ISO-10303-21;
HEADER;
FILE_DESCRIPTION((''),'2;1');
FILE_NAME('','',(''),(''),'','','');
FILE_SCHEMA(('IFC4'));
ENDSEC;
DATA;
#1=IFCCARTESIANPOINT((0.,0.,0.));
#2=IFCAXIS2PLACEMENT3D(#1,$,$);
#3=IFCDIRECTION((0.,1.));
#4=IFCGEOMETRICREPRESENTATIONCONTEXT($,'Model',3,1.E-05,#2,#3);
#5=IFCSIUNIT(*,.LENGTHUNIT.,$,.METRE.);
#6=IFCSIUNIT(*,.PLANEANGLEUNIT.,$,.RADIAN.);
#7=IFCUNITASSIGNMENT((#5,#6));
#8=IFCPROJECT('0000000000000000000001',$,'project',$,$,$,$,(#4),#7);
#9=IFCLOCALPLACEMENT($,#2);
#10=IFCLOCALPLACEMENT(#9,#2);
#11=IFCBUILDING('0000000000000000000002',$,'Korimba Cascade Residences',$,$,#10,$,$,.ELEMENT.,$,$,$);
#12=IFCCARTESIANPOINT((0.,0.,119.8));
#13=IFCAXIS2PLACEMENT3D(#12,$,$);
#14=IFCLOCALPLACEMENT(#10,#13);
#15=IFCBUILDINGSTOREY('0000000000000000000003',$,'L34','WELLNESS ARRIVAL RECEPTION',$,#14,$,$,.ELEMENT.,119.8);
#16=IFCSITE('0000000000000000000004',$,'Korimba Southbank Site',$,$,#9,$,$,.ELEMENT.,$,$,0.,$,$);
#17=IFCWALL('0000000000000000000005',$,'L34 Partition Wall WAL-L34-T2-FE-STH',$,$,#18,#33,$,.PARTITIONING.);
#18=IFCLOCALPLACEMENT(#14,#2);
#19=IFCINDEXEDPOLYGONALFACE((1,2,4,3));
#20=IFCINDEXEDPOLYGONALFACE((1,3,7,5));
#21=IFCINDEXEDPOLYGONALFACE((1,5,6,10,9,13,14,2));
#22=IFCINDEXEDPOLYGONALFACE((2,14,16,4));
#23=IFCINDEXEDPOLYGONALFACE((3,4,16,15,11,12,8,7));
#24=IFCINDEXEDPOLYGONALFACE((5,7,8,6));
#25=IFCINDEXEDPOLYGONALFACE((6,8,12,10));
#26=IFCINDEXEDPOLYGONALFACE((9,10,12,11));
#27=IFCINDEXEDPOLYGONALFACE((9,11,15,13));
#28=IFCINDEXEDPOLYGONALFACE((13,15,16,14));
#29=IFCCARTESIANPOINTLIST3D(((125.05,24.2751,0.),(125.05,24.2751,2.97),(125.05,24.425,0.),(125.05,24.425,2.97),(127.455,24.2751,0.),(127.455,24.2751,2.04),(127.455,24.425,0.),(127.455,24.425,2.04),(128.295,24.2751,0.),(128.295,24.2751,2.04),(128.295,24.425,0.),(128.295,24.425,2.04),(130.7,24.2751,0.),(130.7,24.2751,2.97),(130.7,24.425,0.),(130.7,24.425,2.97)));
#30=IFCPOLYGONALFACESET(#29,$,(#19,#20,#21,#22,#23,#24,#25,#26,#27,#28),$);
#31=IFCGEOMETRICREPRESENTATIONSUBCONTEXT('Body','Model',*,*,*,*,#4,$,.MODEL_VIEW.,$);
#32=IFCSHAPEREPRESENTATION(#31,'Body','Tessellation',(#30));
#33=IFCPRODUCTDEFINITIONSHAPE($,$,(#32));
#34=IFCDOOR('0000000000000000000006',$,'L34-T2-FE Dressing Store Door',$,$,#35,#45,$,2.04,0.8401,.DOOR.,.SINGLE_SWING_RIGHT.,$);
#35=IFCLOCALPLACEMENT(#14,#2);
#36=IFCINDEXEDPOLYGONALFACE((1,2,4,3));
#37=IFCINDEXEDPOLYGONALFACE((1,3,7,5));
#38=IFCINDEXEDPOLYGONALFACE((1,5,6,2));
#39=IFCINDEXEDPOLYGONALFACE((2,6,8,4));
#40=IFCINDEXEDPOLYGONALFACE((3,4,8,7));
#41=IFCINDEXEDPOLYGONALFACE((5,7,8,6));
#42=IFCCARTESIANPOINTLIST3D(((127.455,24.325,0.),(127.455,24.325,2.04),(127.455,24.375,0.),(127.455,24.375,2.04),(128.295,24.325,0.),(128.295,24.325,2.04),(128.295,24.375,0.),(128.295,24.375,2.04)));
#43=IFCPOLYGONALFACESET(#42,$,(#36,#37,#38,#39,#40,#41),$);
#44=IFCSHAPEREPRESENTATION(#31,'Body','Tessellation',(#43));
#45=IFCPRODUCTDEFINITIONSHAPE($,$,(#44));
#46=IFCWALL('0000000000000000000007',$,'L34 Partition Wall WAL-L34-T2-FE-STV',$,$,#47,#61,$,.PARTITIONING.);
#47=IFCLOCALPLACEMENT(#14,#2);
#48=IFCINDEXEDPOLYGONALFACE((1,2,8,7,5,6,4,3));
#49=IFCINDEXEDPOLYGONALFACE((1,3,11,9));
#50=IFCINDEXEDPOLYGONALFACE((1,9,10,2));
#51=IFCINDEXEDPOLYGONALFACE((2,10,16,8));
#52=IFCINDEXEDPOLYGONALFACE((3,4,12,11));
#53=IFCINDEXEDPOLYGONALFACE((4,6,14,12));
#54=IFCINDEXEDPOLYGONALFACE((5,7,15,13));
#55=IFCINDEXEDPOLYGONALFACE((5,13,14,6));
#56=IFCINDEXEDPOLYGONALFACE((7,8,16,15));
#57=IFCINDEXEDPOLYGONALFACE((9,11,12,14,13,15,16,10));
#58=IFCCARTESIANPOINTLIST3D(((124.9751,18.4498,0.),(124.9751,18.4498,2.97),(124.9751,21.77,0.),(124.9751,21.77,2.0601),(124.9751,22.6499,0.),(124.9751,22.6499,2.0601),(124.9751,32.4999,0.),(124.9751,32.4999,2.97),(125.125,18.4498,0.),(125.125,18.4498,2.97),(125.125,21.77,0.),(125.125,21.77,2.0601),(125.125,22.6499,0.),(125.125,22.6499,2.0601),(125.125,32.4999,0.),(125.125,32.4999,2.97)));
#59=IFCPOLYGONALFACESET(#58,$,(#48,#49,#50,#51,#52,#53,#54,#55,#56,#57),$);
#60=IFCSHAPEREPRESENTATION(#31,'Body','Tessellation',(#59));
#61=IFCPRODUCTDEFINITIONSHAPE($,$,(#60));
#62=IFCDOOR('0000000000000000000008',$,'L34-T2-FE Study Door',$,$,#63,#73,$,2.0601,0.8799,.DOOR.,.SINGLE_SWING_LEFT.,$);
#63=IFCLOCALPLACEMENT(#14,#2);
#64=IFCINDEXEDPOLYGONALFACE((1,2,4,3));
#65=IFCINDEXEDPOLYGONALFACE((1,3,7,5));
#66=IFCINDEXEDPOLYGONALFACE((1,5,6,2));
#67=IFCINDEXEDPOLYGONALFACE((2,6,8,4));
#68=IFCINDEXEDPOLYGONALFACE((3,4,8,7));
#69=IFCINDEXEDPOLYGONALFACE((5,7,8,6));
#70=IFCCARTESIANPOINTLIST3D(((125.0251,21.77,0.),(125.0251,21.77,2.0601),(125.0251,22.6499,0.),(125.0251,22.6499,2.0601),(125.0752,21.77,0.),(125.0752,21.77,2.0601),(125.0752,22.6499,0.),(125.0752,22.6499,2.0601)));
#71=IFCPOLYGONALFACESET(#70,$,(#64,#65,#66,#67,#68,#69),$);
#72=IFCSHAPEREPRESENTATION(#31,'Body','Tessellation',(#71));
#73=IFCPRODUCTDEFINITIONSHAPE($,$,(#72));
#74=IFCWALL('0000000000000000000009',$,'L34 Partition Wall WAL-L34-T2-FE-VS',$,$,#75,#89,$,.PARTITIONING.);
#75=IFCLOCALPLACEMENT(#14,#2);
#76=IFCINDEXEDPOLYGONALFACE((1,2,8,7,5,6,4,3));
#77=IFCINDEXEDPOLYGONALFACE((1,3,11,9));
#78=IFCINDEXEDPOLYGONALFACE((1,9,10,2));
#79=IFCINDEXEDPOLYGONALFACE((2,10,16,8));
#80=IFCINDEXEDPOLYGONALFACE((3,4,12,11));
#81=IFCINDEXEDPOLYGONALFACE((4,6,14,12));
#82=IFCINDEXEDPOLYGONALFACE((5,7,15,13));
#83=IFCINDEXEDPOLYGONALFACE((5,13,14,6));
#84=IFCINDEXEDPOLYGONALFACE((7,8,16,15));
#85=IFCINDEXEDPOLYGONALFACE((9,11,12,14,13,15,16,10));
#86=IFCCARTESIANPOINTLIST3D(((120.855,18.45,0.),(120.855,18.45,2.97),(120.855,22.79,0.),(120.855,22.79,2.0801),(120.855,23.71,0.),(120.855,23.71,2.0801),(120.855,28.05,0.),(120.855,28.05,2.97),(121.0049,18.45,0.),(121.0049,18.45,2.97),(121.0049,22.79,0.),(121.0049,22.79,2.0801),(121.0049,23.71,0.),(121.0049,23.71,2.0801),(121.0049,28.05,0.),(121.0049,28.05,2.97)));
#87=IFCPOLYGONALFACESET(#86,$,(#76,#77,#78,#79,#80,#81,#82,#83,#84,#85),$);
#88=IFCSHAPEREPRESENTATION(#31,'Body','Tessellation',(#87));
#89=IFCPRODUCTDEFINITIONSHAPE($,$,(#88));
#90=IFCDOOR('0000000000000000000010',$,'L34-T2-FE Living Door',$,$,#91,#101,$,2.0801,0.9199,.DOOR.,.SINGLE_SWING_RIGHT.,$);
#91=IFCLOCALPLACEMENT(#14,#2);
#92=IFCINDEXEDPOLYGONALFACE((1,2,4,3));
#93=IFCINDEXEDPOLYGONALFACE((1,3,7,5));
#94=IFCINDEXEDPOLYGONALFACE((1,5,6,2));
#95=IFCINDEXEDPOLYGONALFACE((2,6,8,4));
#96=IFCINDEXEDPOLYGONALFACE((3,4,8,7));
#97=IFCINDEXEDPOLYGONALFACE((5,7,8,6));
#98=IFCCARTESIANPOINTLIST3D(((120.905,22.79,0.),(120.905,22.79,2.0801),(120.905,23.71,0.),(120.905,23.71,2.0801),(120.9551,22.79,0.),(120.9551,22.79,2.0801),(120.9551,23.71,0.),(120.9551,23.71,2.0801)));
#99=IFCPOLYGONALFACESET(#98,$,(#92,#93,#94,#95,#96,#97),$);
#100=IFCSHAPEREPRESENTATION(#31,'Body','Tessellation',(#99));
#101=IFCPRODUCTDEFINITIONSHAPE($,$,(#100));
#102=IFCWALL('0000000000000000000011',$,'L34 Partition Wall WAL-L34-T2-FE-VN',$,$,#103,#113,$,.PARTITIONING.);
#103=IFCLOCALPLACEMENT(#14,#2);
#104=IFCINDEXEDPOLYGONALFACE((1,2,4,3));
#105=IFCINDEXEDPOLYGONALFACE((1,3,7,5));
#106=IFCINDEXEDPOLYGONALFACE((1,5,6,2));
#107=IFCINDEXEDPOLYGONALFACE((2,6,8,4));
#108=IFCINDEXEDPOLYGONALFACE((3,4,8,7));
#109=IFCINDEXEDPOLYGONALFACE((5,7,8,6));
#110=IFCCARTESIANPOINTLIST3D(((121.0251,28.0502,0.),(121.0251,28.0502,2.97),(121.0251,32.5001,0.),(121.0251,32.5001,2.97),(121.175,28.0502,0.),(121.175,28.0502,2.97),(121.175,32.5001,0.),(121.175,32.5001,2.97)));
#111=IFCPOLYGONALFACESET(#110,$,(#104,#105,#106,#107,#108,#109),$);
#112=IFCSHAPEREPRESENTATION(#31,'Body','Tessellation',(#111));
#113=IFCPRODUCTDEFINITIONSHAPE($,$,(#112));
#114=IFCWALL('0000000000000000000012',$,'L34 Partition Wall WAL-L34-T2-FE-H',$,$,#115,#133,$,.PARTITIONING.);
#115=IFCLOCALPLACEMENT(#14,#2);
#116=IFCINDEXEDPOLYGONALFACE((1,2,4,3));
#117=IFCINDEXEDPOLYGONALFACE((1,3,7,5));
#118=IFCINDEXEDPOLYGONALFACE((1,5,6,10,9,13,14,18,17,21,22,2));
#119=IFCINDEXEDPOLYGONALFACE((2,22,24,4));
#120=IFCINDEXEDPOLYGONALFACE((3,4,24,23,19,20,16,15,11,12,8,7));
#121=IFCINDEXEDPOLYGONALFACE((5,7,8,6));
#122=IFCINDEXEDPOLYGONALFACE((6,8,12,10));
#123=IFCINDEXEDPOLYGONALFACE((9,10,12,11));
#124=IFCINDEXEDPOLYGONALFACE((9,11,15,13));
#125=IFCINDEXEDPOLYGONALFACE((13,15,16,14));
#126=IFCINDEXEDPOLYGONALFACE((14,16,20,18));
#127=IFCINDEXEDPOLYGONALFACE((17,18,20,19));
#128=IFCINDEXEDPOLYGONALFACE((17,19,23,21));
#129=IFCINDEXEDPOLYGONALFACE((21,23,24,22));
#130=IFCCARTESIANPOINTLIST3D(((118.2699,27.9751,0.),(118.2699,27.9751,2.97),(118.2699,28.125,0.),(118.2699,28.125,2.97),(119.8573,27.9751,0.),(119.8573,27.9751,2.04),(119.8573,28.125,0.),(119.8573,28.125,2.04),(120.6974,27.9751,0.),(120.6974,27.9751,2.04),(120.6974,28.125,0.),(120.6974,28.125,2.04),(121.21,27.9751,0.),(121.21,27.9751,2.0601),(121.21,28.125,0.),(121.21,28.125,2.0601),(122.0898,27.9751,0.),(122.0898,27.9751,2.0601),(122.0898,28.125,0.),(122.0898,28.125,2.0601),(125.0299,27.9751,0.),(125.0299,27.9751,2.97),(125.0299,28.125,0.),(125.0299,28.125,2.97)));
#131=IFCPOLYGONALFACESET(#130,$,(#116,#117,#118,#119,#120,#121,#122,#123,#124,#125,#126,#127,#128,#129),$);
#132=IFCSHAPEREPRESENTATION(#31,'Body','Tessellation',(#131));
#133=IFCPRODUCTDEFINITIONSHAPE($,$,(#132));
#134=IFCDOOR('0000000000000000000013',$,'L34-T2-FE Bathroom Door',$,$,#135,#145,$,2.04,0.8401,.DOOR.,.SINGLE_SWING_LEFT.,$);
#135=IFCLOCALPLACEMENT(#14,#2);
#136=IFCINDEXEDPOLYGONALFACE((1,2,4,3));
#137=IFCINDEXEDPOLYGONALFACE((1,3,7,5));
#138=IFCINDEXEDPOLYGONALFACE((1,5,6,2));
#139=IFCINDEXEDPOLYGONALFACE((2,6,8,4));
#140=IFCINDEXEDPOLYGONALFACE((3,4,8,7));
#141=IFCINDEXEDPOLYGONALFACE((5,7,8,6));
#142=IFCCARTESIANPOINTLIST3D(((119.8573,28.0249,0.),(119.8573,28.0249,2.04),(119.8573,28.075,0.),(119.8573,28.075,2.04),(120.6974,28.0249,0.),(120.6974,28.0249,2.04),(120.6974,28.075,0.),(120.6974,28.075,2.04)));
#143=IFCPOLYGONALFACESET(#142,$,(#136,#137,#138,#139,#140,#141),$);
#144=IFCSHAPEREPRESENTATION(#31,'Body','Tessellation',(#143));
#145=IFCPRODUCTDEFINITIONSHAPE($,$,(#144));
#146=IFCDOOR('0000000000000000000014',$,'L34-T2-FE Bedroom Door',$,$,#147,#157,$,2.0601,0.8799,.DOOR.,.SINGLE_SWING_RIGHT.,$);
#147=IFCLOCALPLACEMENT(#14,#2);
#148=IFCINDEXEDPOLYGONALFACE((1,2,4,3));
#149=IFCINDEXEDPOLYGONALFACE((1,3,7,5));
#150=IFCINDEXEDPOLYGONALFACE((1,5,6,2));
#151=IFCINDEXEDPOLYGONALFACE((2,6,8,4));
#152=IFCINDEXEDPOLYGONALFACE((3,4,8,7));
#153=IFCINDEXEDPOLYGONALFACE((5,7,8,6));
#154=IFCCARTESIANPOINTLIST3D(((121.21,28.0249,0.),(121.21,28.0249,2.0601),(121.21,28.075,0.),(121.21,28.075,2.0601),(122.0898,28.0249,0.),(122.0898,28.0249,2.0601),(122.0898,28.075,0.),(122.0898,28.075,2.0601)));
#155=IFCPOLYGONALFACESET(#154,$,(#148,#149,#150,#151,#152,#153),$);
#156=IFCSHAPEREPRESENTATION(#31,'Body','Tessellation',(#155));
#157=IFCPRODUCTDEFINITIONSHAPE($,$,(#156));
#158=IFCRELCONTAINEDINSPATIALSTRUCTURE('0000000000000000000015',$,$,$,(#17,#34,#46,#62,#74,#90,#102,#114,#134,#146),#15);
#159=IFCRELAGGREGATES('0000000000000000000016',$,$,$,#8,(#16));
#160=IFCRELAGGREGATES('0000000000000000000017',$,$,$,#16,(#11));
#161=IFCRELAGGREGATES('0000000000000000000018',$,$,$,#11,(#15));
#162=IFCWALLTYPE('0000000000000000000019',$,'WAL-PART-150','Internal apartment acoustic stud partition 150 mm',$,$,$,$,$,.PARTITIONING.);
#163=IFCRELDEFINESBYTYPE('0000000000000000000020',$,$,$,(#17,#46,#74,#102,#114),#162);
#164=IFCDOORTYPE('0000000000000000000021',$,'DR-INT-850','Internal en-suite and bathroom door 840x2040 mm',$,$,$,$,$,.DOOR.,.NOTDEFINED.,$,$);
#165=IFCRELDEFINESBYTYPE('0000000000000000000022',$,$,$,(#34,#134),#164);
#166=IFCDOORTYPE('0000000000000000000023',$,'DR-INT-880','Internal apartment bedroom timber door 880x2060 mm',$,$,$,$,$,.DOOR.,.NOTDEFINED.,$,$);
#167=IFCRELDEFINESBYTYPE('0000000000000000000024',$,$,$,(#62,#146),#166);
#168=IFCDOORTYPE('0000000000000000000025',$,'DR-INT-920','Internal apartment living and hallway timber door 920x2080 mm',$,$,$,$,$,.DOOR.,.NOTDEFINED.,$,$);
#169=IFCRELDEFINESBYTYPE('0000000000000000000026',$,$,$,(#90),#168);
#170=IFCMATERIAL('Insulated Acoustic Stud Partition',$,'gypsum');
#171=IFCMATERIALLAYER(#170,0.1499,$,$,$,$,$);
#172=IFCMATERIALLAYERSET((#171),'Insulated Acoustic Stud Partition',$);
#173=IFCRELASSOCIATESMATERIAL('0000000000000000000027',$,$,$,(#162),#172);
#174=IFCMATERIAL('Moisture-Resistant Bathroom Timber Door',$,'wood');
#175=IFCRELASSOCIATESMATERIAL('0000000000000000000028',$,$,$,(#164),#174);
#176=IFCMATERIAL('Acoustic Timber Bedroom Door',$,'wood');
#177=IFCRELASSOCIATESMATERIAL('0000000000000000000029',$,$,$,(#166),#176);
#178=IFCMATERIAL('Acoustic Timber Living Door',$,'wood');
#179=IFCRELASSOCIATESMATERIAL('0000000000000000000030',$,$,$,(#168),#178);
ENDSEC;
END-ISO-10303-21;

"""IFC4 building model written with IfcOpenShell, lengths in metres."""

from ifc_helpers import new_model, si_unit, direction, frame, frame_2d, origin, place, context, subcontext, project, spatial, rectangle, extrude, material, layer, layer_set, type_object, element, fill, save


model = new_model("IFC4")

# Units and contexts
model_context = context("Model", 3, precision=1e-05, world=origin(), true_north=direction((0.0, 1.0)))
body_context = subcontext(model_context, "Body", "Model", "MODEL_VIEW")
ifc_project = project(units=[si_unit("LENGTHUNIT", "METRE"), si_unit("PLANEANGLEUNIT", "RADIAN")], contexts=[model_context])

# Site, building, storey
site_placement = place(None, origin())
site = spatial("IfcSite", under=ifc_project, at=site_placement, Name="Korimba Southbank Site", CompositionType="ELEMENT", RefElevation=0.0)
building_placement = place(site_placement, origin())
building = spatial("IfcBuilding", under=site, at=building_placement, Name="Korimba Cascade Residences", CompositionType="ELEMENT")
storey_placement = place(building_placement, frame((0.0, 0.0, 119.8)))
storey = spatial("IfcBuildingStorey", under=building, at=storey_placement, Name="L34", Description="WELLNESS ARRIVAL RECEPTION", CompositionType="ELEMENT", Elevation=119.8)

# Walls, openings, doors
ifc_material_1 = material(Name="Insulated Acoustic Stud Partition", Category="gypsum")
ifc_layer_1 = layer(ifc_material_1, 0.1499)
ifc_layer_set_1 = layer_set([ifc_layer_1], Name="Insulated Acoustic Stud Partition")
wall_type_1 = type_object("IfcWallType", Name="WAL-PART-150", Description="Internal apartment acoustic stud partition 150 mm", PredefinedType="PARTITIONING", material=ifc_layer_set_1)
wall_1_placement = place(storey_placement, frame((125.05, 24.3501, 0.0), z_axis=(0.0, 0.0, 1.0), x_axis=(1.0, 0.0, 0.0)))
wall_1 = element("IfcWall", 1, at=wall_1_placement, inside=storey, type_object=wall_type_1, Name="L34 Partition Wall WAL-L34-T2-FE-STH", PredefinedType="PARTITIONING", context=body_context, shape_type="SweptSolid", body=[
    extrude(rectangle(XDim=5.6499, YDim=0.1499, at=frame_2d((2.825, 0.0))), origin(), (0.0, 0.0, 1.0), 2.97),
])
opening_1_placement = place(wall_1_placement, frame((2.405, 0.0, 0.0)))
opening_1 = element("IfcOpeningElement", 2, at=opening_1_placement, cuts=wall_1, PredefinedType="OPENING", context=body_context, shape_type="SweptSolid", body=[
    extrude(rectangle(XDim=0.8401, YDim=2.04, at=frame_2d((0.4199, 1.02))), frame((0.0, 0.085, 0.0), z_axis=(0.0, -1.0, 0.0), x_axis=(1.0, 0.0, 0.0)), (0.0, 0.0, 1.0), 0.1699),
])
ifc_material_2 = material(Name="Moisture-Resistant Bathroom Timber Door", Category="wood")
door_type_1 = type_object("IfcDoorType", Name="DR-INT-850", Description="Internal en-suite and bathroom door 840x2040 mm", OperationType="NOTDEFINED", PredefinedType="DOOR", material=ifc_material_2)
door_1_placement = place(opening_1_placement, origin())
door_1 = element("IfcDoor", 3, at=door_1_placement, inside=storey, type_object=door_type_1, Name="L34-T2-FE Dressing Store Door", OperationType="SINGLE_SWING_RIGHT", OverallHeight=2.04, OverallWidth=0.8401, PredefinedType="DOOR", context=body_context, shape_type="SweptSolid", body=[
    extrude(rectangle(XDim=0.8401, YDim=2.04, at=frame_2d((0.4199, 1.02))), frame((0.0, 0.0249, 0.0), z_axis=(0.0, -1.0, 0.0), x_axis=(1.0, 0.0, 0.0)), (0.0, 0.0, 1.0), 0.05),
])
fill(opening_1, door_1)
wall_2_placement = place(storey_placement, frame((125.05, 18.45, 0.0), z_axis=(0.0, 0.0, 1.0), x_axis=(0.0, 1.0, 0.0)))
wall_2 = element("IfcWall", 4, at=wall_2_placement, inside=storey, type_object=wall_type_1, Name="L34 Partition Wall WAL-L34-T2-FE-STV", PredefinedType="PARTITIONING", context=body_context, shape_type="SweptSolid", body=[
    extrude(rectangle(XDim=14.05, YDim=0.1499, at=frame_2d((7.0249, 0.0))), origin(), (0.0, 0.0, 1.0), 2.97),
])
opening_2_placement = place(wall_2_placement, frame((3.3201, 0.0, 0.0)))
opening_2 = element("IfcOpeningElement", 5, at=opening_2_placement, cuts=wall_2, PredefinedType="OPENING", context=body_context, shape_type="SweptSolid", body=[
    extrude(rectangle(XDim=0.8799, YDim=2.0601, at=frame_2d((0.4399, 1.03))), frame((0.0, 0.085, 0.0), z_axis=(0.0, -1.0, 0.0), x_axis=(1.0, 0.0, 0.0)), (0.0, 0.0, 1.0), 0.1699),
])
ifc_material_3 = material(Name="Acoustic Timber Bedroom Door", Category="wood")
door_type_2 = type_object("IfcDoorType", Name="DR-INT-880", Description="Internal apartment bedroom timber door 880x2060 mm", OperationType="NOTDEFINED", PredefinedType="DOOR", material=ifc_material_3)
door_2_placement = place(opening_2_placement, origin())
door_2 = element("IfcDoor", 6, at=door_2_placement, inside=storey, type_object=door_type_2, Name="L34-T2-FE Study Door", OperationType="SINGLE_SWING_LEFT", OverallHeight=2.0601, OverallWidth=0.8799, PredefinedType="DOOR", context=body_context, shape_type="SweptSolid", body=[
    extrude(rectangle(XDim=0.8799, YDim=2.0601, at=frame_2d((0.4399, 1.03))), frame((0.0, 0.0249, 0.0), z_axis=(0.0, -1.0, 0.0), x_axis=(1.0, 0.0, 0.0)), (0.0, 0.0, 1.0), 0.05),
])
fill(opening_2, door_2)
wall_3_placement = place(storey_placement, frame((120.9299, 18.45, 0.0), z_axis=(0.0, 0.0, 1.0), x_axis=(0.0, 1.0, 0.0)))
wall_3 = element("IfcWall", 7, at=wall_3_placement, inside=storey, type_object=wall_type_1, Name="L34 Partition Wall WAL-L34-T2-FE-VS", PredefinedType="PARTITIONING", context=body_context, shape_type="SweptSolid", body=[
    extrude(rectangle(XDim=9.6001, YDim=0.1499, at=frame_2d((4.8, 0.0))), origin(), (0.0, 0.0, 1.0), 2.97),
])
opening_3_placement = place(wall_3_placement, frame((4.3401, 0.0, 0.0)))
opening_3 = element("IfcOpeningElement", 8, at=opening_3_placement, cuts=wall_3, PredefinedType="OPENING", context=body_context, shape_type="SweptSolid", body=[
    extrude(rectangle(XDim=0.9199, YDim=2.0801, at=frame_2d((0.46, 1.04))), frame((0.0, 0.085, 0.0), z_axis=(0.0, -1.0, 0.0), x_axis=(1.0, 0.0, 0.0)), (0.0, 0.0, 1.0), 0.1699),
])
ifc_material_4 = material(Name="Acoustic Timber Living Door", Category="wood")
door_type_3 = type_object("IfcDoorType", Name="DR-INT-920", Description="Internal apartment living and hallway timber door 920x2080 mm", OperationType="NOTDEFINED", PredefinedType="DOOR", material=ifc_material_4)
door_3_placement = place(opening_3_placement, origin())
door_3 = element("IfcDoor", 9, at=door_3_placement, inside=storey, type_object=door_type_3, Name="L34-T2-FE Living Door", OperationType="SINGLE_SWING_RIGHT", OverallHeight=2.0801, OverallWidth=0.9199, PredefinedType="DOOR", context=body_context, shape_type="SweptSolid", body=[
    extrude(rectangle(XDim=0.9199, YDim=2.0801, at=frame_2d((0.46, 1.04))), frame((0.0, 0.0249, 0.0), z_axis=(0.0, -1.0, 0.0), x_axis=(1.0, 0.0, 0.0)), (0.0, 0.0, 1.0), 0.05),
])
fill(opening_3, door_3)

# Wall
wall_4_placement = place(storey_placement, frame((121.1001, 28.05, 0.0), z_axis=(0.0, 0.0, 1.0), x_axis=(0.0, 1.0, 0.0)))
element("IfcWall", 10, at=wall_4_placement, inside=storey, type_object=wall_type_1, Name="L34 Partition Wall WAL-L34-T2-FE-VN", PredefinedType="PARTITIONING", context=body_context, shape_type="SweptSolid", body=[
    extrude(rectangle(XDim=4.45, YDim=0.1499, at=frame_2d((2.2251, 0.0))), origin(), (0.0, 0.0, 1.0), 2.97),
])

# Wall, openings, doors
wall_5_placement = place(storey_placement, frame((118.27, 28.05, 0.0), z_axis=(0.0, 0.0, 1.0), x_axis=(1.0, 0.0, 0.0)))
wall_5 = element("IfcWall", 11, at=wall_5_placement, inside=storey, type_object=wall_type_1, Name="L34 Partition Wall WAL-L34-T2-FE-H", PredefinedType="PARTITIONING", context=body_context, shape_type="SweptSolid", body=[
    extrude(rectangle(XDim=6.76, YDim=0.1499, at=frame_2d((3.3799, 0.0))), origin(), (0.0, 0.0, 1.0), 2.97),
])
opening_4_placement = place(wall_5_placement, frame((1.5874, 0.0, 0.0)))
opening_4 = element("IfcOpeningElement", 12, at=opening_4_placement, cuts=wall_5, PredefinedType="OPENING", context=body_context, shape_type="SweptSolid", body=[
    extrude(rectangle(XDim=0.8401, YDim=2.04, at=frame_2d((0.4199, 1.02))), frame((0.0, 0.085, 0.0), z_axis=(0.0, -1.0, 0.0), x_axis=(1.0, 0.0, 0.0)), (0.0, 0.0, 1.0), 0.1699),
])
opening_5_placement = place(wall_5_placement, frame((2.9399, 0.0, 0.0)))
opening_5 = element("IfcOpeningElement", 13, at=opening_5_placement, cuts=wall_5, PredefinedType="OPENING", context=body_context, shape_type="SweptSolid", body=[
    extrude(rectangle(XDim=0.8799, YDim=2.0601, at=frame_2d((0.4399, 1.03))), frame((0.0, 0.085, 0.0), z_axis=(0.0, -1.0, 0.0), x_axis=(1.0, 0.0, 0.0)), (0.0, 0.0, 1.0), 0.1699),
])
door_4_placement = place(opening_4_placement, origin())
door_4 = element("IfcDoor", 14, at=door_4_placement, inside=storey, type_object=door_type_1, Name="L34-T2-FE Bathroom Door", OperationType="SINGLE_SWING_LEFT", OverallHeight=2.04, OverallWidth=0.8401, PredefinedType="DOOR", context=body_context, shape_type="SweptSolid", body=[
    extrude(rectangle(XDim=0.8401, YDim=2.04, at=frame_2d((0.4199, 1.02))), frame((0.0, 0.0249, 0.0), z_axis=(0.0, -1.0, 0.0), x_axis=(1.0, 0.0, 0.0)), (0.0, 0.0, 1.0), 0.05),
])
fill(opening_4, door_4)
door_5_placement = place(opening_5_placement, origin())
door_5 = element("IfcDoor", 15, at=door_5_placement, inside=storey, type_object=door_type_2, Name="L34-T2-FE Bedroom Door", OperationType="SINGLE_SWING_RIGHT", OverallHeight=2.0601, OverallWidth=0.8799, PredefinedType="DOOR", context=body_context, shape_type="SweptSolid", body=[
    extrude(rectangle(XDim=0.8799, YDim=2.0601, at=frame_2d((0.4399, 1.03))), frame((0.0, 0.0249, 0.0), z_axis=(0.0, -1.0, 0.0), x_axis=(1.0, 0.0, 0.0)), (0.0, 0.0, 1.0), 0.05),
])
fill(opening_5, door_5)

save(model, "model.ifc")
